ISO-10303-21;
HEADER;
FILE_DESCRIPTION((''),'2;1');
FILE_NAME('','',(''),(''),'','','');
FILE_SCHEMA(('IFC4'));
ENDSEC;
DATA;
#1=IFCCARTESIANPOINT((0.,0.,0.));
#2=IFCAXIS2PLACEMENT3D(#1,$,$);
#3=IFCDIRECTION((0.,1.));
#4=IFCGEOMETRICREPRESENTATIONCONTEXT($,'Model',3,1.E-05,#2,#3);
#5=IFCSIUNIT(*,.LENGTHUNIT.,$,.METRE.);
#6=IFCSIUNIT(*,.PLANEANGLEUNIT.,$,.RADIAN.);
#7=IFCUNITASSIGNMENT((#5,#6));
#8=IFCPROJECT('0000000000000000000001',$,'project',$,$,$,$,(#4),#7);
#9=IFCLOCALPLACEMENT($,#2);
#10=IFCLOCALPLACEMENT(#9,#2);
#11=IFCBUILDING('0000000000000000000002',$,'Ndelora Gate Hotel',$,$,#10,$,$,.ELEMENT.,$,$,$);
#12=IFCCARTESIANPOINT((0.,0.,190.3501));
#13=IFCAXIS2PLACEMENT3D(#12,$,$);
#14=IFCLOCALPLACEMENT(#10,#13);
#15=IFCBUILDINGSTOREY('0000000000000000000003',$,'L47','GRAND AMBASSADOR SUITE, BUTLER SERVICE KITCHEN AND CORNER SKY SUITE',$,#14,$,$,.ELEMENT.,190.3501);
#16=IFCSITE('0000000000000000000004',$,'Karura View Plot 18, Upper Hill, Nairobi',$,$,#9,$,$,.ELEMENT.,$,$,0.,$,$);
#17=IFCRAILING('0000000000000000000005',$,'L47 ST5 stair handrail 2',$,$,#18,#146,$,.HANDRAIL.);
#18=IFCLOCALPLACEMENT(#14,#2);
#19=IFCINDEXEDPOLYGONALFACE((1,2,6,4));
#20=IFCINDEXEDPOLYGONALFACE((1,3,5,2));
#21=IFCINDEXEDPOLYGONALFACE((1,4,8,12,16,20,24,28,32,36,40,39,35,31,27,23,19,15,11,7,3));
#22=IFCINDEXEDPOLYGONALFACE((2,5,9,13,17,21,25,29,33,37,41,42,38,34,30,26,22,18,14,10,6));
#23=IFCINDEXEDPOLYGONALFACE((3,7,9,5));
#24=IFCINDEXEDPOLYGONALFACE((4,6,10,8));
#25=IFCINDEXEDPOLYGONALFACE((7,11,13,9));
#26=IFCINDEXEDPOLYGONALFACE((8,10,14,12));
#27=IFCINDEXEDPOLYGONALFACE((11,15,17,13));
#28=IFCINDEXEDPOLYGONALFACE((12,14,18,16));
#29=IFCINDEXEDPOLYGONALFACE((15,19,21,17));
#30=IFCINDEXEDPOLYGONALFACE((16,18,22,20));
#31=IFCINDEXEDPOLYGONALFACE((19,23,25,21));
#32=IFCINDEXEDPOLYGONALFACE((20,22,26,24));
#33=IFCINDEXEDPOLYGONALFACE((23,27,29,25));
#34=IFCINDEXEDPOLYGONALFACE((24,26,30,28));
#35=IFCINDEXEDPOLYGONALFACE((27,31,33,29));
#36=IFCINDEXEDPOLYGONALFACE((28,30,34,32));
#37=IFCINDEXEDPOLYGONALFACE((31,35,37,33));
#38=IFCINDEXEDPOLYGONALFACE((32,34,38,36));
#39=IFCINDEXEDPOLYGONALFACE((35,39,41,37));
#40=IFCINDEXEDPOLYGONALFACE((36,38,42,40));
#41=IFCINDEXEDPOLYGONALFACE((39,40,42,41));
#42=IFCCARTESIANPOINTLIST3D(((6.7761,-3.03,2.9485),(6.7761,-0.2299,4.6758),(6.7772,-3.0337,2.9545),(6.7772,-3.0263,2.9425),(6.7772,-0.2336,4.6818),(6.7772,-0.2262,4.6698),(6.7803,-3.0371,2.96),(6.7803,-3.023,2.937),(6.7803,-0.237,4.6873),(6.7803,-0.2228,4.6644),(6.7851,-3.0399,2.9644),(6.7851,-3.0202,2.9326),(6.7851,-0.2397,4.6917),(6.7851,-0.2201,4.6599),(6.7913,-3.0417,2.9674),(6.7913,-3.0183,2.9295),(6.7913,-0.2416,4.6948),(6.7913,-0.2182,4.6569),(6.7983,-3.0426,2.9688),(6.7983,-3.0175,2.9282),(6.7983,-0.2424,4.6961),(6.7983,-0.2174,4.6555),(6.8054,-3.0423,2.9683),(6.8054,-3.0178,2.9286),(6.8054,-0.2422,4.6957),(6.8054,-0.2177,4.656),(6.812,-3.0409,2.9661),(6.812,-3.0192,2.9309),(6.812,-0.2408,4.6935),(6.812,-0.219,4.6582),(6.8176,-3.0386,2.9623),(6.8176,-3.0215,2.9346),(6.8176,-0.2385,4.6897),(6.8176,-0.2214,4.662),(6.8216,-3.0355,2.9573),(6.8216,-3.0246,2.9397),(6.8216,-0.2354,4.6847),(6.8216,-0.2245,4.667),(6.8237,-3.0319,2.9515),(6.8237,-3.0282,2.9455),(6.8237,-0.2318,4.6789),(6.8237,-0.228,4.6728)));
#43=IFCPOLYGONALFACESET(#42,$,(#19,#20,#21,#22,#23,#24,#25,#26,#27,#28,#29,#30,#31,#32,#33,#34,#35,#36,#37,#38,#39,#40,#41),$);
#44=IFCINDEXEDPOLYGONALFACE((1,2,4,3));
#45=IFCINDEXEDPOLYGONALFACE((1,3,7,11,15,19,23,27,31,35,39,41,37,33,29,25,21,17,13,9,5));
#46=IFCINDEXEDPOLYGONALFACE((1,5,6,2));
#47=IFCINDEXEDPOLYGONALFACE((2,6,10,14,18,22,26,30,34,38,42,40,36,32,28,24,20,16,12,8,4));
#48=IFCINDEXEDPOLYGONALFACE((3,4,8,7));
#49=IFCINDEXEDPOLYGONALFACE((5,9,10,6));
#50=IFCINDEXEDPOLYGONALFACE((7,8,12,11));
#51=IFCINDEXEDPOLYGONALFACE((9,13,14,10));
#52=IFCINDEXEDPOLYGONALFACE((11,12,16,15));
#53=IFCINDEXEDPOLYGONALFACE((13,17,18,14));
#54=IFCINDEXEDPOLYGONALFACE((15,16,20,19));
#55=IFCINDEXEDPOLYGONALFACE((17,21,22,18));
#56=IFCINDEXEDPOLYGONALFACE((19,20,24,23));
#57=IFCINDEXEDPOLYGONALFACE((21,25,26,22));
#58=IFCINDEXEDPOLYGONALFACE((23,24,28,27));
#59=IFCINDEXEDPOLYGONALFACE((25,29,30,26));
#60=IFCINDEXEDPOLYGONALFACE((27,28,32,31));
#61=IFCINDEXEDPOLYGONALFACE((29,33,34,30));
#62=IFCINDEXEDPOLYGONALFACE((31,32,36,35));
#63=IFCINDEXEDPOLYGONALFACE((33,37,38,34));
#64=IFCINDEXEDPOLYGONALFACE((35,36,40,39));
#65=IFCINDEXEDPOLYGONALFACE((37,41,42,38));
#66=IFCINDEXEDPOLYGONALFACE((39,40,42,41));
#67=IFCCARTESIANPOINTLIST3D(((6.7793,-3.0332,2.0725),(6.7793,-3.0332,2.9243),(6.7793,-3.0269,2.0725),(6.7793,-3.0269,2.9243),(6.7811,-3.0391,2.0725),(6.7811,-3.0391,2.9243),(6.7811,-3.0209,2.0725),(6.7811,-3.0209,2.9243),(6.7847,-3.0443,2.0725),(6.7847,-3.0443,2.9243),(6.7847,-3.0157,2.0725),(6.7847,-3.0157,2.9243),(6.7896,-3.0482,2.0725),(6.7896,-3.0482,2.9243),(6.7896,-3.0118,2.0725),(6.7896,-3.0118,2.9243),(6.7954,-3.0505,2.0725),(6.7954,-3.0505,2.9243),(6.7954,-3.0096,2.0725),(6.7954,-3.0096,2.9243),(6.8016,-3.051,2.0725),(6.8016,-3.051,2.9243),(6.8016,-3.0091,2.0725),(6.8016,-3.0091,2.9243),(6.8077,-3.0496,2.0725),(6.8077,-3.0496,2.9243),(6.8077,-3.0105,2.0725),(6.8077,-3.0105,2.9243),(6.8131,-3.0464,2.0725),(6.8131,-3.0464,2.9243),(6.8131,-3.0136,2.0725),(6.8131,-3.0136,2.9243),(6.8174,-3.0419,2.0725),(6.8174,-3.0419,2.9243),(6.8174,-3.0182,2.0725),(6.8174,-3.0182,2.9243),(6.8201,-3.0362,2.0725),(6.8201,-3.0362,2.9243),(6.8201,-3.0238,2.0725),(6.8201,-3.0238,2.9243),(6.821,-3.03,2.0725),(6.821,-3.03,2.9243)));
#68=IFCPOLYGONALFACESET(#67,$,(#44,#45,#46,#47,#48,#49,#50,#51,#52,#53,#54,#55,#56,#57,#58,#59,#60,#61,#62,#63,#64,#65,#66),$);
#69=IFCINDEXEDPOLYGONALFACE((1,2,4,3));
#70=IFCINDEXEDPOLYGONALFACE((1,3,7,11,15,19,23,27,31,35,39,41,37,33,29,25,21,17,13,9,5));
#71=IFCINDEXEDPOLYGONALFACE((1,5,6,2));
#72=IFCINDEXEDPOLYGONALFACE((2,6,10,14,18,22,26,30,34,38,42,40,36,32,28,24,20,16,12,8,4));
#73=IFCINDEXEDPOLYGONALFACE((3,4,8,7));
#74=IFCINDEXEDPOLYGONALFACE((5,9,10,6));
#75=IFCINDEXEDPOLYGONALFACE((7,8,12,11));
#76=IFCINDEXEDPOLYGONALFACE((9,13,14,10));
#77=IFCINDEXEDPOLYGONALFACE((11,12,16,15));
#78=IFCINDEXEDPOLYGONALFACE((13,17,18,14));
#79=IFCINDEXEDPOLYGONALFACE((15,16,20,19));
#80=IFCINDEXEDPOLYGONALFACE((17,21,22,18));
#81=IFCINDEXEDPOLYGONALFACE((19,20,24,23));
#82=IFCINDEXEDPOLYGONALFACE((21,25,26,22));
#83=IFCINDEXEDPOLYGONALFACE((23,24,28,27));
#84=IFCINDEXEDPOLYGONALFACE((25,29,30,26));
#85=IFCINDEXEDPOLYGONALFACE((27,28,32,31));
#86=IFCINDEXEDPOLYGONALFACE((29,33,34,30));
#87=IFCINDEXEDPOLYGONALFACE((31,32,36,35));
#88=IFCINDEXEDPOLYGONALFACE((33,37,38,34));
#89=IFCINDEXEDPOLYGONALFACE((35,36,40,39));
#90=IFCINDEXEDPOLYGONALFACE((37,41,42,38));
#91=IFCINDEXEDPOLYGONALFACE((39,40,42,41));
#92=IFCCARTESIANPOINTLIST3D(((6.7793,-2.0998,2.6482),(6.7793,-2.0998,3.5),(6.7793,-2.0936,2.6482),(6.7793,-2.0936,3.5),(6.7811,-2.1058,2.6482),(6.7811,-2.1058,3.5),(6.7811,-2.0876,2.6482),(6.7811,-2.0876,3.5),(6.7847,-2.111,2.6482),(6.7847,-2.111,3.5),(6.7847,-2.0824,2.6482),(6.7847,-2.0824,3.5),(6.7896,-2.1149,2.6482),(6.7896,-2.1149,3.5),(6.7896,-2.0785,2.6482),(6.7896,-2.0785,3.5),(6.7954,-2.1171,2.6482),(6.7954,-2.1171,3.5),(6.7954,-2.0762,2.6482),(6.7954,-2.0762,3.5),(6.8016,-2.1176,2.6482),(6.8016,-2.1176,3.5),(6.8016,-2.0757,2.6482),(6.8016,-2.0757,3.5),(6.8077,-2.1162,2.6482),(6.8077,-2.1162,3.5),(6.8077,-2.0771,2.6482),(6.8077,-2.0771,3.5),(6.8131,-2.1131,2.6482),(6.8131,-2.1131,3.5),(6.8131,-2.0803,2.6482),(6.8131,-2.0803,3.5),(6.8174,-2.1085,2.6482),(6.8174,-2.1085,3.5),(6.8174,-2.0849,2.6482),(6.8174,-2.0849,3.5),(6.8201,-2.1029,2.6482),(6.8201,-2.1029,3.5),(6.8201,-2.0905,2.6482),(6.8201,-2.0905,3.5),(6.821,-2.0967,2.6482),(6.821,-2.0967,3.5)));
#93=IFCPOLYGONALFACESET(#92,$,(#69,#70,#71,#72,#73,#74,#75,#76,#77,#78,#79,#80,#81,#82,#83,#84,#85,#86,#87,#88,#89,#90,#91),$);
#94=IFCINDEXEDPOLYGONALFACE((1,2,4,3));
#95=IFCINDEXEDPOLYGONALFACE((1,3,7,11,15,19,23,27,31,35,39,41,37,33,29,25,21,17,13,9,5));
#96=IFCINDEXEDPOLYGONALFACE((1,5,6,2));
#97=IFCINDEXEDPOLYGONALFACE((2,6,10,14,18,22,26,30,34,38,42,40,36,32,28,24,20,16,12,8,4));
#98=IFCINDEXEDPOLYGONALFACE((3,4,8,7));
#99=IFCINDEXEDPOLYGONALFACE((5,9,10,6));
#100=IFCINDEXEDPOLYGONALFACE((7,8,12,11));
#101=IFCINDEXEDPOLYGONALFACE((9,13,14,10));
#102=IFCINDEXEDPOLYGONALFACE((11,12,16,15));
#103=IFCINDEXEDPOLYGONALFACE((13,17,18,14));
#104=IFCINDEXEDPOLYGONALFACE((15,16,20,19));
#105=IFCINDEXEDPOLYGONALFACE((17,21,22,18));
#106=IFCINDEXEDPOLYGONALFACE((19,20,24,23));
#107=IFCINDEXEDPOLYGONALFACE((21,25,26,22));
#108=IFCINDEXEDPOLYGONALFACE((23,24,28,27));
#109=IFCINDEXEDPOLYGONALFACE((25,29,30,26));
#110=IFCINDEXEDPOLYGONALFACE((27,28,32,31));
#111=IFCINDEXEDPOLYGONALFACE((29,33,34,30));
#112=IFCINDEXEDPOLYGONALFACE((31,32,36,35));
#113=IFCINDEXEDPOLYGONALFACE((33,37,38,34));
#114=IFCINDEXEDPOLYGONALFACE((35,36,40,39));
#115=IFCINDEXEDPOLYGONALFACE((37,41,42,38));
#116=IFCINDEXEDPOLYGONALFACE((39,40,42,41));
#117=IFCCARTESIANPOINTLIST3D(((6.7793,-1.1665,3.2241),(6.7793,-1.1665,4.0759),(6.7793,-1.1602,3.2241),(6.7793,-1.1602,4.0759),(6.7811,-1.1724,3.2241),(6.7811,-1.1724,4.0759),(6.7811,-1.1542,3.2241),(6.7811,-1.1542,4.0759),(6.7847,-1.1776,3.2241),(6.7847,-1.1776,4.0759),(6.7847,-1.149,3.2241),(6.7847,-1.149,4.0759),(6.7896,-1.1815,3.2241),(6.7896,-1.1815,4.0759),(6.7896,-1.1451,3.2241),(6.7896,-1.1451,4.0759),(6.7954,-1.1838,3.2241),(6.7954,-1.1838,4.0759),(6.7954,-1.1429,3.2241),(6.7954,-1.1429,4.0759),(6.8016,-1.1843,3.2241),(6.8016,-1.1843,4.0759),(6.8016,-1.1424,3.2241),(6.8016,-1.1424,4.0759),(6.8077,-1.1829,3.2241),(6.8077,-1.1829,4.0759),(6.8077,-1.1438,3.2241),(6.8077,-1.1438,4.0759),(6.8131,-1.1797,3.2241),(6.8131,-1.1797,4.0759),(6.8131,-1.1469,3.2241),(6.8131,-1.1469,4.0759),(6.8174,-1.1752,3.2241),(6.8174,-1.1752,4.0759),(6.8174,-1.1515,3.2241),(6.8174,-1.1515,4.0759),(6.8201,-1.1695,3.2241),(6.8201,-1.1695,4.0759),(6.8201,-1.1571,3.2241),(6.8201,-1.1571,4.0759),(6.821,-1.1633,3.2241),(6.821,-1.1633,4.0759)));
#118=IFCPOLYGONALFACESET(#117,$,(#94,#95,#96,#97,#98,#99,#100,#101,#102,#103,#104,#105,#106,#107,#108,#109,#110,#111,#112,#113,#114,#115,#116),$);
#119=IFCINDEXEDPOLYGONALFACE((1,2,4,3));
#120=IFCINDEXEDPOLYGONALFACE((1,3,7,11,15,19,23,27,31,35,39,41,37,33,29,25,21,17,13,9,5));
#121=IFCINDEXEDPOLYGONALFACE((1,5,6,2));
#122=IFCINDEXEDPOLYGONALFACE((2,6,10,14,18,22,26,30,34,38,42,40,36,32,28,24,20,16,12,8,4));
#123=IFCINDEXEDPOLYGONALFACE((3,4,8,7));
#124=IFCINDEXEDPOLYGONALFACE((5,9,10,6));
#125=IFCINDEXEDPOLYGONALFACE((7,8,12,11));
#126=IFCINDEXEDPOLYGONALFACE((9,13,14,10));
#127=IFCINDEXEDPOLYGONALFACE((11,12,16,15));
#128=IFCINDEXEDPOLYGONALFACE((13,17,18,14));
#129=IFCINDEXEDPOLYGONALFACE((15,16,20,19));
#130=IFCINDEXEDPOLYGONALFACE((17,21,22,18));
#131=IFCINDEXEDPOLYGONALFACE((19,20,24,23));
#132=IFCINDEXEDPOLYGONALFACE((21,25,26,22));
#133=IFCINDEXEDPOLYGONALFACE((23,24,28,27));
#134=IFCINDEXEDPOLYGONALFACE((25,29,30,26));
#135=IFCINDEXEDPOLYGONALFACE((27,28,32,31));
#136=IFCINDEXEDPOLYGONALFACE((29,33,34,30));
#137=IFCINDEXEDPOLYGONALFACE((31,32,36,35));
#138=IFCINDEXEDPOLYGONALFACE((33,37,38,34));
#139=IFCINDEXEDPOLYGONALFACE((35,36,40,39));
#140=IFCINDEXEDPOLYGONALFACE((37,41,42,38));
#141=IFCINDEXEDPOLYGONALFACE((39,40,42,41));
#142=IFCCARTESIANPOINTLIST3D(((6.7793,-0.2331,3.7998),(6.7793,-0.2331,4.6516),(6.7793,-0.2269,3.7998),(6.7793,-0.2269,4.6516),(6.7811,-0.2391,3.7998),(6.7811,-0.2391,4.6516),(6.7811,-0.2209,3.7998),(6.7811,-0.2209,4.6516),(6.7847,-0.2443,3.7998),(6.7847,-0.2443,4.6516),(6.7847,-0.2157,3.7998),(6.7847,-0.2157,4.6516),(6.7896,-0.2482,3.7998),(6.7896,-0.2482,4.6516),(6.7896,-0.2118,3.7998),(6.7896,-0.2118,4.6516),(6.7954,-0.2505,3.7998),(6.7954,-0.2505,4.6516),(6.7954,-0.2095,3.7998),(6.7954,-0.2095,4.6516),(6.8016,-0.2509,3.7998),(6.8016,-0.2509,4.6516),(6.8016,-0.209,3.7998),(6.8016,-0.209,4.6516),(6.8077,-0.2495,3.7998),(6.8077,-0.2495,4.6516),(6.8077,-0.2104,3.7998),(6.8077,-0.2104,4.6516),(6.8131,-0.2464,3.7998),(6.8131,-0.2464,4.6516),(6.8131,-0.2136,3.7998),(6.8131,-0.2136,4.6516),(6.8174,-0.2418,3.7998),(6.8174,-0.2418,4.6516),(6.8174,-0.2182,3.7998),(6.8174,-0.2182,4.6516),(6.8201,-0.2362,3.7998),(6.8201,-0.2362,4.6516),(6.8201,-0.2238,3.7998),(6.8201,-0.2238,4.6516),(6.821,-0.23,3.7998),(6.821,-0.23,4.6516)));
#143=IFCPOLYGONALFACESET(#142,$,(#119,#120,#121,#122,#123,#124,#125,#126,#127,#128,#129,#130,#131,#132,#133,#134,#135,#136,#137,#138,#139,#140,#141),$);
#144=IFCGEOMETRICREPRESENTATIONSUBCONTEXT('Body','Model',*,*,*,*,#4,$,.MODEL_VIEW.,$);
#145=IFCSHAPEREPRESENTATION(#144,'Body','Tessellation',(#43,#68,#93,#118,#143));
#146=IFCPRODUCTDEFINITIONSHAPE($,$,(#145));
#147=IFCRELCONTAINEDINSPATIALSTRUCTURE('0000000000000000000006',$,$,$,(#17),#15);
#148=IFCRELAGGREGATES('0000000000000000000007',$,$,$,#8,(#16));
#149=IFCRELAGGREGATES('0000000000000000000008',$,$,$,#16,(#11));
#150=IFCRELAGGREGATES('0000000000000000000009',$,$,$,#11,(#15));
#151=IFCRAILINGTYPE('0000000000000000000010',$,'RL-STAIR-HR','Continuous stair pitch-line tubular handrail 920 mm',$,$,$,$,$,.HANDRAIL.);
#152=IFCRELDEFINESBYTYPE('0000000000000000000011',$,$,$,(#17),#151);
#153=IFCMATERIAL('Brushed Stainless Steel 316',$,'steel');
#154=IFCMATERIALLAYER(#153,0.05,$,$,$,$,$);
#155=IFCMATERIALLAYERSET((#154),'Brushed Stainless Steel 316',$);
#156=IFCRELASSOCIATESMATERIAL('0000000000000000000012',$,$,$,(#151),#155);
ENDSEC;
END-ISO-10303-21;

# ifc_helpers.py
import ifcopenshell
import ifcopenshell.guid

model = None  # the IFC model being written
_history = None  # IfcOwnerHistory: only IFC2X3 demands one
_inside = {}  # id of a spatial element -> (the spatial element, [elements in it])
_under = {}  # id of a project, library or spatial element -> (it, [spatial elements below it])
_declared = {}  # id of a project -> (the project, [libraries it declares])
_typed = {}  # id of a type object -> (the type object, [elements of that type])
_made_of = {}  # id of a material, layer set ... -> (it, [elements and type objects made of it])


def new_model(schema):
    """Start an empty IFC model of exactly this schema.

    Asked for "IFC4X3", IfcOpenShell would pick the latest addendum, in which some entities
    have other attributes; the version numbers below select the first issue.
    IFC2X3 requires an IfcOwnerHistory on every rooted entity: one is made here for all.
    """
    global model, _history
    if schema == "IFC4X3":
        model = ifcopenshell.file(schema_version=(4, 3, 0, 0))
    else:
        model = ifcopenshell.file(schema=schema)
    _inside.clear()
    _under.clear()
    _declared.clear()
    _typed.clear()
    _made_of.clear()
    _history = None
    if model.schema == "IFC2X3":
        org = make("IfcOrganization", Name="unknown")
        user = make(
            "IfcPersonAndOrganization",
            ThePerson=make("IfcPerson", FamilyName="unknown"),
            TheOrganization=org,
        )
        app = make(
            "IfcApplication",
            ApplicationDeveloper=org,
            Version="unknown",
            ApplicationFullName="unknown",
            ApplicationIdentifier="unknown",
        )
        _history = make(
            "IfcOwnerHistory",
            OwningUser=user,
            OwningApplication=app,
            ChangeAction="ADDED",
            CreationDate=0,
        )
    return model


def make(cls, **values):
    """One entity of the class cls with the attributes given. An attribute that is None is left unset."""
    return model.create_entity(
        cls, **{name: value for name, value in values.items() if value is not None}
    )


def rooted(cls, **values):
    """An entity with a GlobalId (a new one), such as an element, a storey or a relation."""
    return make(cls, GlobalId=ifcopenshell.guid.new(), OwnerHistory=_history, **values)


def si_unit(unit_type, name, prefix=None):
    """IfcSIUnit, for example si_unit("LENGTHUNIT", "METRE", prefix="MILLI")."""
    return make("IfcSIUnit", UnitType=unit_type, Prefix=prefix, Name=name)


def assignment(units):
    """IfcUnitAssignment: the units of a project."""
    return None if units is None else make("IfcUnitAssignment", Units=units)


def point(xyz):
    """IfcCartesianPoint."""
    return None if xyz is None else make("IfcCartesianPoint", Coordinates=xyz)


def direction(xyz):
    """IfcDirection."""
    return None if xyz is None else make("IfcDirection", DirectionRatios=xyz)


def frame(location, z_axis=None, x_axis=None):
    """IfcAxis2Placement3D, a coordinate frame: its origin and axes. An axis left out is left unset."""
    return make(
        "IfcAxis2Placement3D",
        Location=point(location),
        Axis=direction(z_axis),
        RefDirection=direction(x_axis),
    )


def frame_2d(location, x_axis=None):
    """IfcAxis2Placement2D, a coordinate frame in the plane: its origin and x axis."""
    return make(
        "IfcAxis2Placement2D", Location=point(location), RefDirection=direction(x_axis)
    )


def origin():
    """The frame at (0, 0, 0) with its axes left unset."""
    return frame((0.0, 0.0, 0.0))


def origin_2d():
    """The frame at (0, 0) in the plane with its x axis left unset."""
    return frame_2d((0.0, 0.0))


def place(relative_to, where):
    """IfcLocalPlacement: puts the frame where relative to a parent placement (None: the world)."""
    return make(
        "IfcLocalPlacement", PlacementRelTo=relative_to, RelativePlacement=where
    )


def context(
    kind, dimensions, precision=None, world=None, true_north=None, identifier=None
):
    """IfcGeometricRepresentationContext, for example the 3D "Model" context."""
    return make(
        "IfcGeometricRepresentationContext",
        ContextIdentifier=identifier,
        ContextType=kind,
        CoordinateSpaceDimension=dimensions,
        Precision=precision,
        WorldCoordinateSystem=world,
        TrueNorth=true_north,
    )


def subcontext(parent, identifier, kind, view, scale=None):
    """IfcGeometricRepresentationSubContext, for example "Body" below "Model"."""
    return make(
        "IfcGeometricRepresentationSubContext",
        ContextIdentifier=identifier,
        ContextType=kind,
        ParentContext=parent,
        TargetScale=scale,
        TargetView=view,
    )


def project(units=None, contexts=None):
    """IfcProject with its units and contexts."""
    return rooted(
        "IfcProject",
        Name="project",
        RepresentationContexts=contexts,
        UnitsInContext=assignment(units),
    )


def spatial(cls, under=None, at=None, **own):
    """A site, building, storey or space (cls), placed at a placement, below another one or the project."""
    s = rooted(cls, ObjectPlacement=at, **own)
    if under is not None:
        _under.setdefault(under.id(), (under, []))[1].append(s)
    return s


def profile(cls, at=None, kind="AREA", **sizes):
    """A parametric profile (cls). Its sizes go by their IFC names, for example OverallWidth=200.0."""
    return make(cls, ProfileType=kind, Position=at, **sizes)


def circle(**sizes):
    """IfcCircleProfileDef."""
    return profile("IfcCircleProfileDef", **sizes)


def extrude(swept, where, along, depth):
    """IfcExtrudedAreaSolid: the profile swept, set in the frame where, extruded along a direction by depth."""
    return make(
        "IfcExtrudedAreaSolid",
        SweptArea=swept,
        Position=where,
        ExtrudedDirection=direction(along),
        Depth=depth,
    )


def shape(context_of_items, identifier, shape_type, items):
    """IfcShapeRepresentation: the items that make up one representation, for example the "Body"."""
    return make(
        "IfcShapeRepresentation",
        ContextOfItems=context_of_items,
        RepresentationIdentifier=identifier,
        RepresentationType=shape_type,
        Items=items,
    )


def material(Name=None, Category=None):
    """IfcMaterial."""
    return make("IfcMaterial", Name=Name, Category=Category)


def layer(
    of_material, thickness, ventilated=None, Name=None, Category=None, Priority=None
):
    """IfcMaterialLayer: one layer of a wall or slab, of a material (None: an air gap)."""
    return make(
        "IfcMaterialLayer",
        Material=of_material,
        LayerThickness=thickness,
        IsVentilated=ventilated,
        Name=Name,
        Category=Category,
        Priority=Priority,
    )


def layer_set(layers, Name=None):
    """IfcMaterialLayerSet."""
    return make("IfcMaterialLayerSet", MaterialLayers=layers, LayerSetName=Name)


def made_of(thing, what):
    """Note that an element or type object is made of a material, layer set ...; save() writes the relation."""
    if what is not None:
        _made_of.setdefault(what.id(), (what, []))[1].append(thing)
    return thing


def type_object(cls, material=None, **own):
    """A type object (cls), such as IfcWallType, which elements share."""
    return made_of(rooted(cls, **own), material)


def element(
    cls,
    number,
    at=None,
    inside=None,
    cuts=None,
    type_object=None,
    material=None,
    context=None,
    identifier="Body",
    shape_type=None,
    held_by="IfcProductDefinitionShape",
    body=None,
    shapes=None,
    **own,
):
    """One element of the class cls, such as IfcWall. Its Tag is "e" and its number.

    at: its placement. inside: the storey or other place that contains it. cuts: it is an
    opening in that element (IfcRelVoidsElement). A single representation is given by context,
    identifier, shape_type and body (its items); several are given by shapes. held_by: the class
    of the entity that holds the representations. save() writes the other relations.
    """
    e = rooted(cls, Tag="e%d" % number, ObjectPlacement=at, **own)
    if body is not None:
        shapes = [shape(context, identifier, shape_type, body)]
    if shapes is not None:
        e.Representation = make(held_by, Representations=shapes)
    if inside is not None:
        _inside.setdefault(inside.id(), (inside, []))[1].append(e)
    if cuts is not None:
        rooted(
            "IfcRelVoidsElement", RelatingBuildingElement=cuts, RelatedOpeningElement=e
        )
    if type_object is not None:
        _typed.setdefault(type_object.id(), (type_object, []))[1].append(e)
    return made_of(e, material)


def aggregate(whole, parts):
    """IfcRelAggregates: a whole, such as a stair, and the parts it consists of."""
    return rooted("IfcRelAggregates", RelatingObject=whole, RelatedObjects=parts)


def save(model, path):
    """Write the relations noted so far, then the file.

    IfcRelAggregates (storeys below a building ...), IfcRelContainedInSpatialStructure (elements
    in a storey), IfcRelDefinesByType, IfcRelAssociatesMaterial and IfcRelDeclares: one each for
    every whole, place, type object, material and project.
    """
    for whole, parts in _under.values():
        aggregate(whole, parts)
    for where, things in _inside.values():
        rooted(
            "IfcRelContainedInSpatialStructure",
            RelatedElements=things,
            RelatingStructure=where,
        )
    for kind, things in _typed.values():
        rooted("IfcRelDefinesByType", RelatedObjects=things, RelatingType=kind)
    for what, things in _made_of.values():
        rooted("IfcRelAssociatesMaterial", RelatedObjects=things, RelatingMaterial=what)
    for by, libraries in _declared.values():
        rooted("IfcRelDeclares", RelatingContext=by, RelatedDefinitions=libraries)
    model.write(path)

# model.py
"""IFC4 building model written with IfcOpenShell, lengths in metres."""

from ifc_helpers import new_model, si_unit, direction, frame, origin, origin_2d, place, context, subcontext, project, spatial, circle, extrude, material, layer, layer_set, type_object, element, save


model = new_model("IFC4")

# Units and contexts
model_context = context("Model", 3, precision=1e-05, world=origin(), true_north=direction((0.0, 1.0)))
body_context = subcontext(model_context, "Body", "Model", "MODEL_VIEW")
ifc_project = project(units=[si_unit("LENGTHUNIT", "METRE"), si_unit("PLANEANGLEUNIT", "RADIAN")], contexts=[model_context])

# Site, building, storey
site_placement = place(None, origin())
site = spatial("IfcSite", under=ifc_project, at=site_placement, Name="Karura View Plot 18, Upper Hill, Nairobi", CompositionType="ELEMENT", RefElevation=0.0)
building_placement = place(site_placement, origin())
building = spatial("IfcBuilding", under=site, at=building_placement, Name="Ndelora Gate Hotel", CompositionType="ELEMENT")
storey_placement = place(building_placement, frame((0.0, 0.0, 190.3501)))
storey = spatial("IfcBuildingStorey", under=building, at=storey_placement, Name="L47", Description="GRAND AMBASSADOR SUITE, BUTLER SERVICE KITCHEN AND CORNER SKY SUITE", CompositionType="ELEMENT", Elevation=190.3501)

# Railing
ifc_material_1 = material(Name="Brushed Stainless Steel 316", Category="steel")
ifc_layer_1 = layer(ifc_material_1, 0.05)
ifc_layer_set_1 = layer_set([ifc_layer_1], Name="Brushed Stainless Steel 316")
railing_type_1 = type_object("IfcRailingType", Name="RL-STAIR-HR", Description="Continuous stair pitch-line tubular handrail 920 mm", PredefinedType="HANDRAIL", material=ifc_layer_set_1)
railing_1_placement = place(storey_placement, frame((6.8, -3.03, 2.0725)))
element("IfcRailing", 1, at=railing_1_placement, inside=storey, type_object=railing_type_1, Name="L47 ST5 stair handrail 2", PredefinedType="HANDRAIL", context=body_context, shape_type="SweptSolid", body=[
    extrude(circle(Radius=0.0239, at=origin_2d()), frame((0.0, 0.0, 0.876), z_axis=(0.0, 0.85109, 0.52502), x_axis=(-1.0, 0.0, 0.0)), (0.0, 0.0, 1.0), 3.29),
    extrude(circle(Radius=0.021, at=origin_2d()), origin(), (0.0, 0.0, 1.0), 0.8518),
    extrude(circle(Radius=0.021, at=origin_2d()), frame((0.0, 0.9333, 0.5757)), (0.0, 0.0, 1.0), 0.8518),
    extrude(circle(Radius=0.021, at=origin_2d()), frame((0.0, 1.8667, 1.1516)), (0.0, 0.0, 1.0), 0.8518),
    extrude(circle(Radius=0.021, at=origin_2d()), frame((0.0, 2.8, 1.7273)), (0.0, 0.0, 1.0), 0.8518),
])

save(model, "model.ifc")
